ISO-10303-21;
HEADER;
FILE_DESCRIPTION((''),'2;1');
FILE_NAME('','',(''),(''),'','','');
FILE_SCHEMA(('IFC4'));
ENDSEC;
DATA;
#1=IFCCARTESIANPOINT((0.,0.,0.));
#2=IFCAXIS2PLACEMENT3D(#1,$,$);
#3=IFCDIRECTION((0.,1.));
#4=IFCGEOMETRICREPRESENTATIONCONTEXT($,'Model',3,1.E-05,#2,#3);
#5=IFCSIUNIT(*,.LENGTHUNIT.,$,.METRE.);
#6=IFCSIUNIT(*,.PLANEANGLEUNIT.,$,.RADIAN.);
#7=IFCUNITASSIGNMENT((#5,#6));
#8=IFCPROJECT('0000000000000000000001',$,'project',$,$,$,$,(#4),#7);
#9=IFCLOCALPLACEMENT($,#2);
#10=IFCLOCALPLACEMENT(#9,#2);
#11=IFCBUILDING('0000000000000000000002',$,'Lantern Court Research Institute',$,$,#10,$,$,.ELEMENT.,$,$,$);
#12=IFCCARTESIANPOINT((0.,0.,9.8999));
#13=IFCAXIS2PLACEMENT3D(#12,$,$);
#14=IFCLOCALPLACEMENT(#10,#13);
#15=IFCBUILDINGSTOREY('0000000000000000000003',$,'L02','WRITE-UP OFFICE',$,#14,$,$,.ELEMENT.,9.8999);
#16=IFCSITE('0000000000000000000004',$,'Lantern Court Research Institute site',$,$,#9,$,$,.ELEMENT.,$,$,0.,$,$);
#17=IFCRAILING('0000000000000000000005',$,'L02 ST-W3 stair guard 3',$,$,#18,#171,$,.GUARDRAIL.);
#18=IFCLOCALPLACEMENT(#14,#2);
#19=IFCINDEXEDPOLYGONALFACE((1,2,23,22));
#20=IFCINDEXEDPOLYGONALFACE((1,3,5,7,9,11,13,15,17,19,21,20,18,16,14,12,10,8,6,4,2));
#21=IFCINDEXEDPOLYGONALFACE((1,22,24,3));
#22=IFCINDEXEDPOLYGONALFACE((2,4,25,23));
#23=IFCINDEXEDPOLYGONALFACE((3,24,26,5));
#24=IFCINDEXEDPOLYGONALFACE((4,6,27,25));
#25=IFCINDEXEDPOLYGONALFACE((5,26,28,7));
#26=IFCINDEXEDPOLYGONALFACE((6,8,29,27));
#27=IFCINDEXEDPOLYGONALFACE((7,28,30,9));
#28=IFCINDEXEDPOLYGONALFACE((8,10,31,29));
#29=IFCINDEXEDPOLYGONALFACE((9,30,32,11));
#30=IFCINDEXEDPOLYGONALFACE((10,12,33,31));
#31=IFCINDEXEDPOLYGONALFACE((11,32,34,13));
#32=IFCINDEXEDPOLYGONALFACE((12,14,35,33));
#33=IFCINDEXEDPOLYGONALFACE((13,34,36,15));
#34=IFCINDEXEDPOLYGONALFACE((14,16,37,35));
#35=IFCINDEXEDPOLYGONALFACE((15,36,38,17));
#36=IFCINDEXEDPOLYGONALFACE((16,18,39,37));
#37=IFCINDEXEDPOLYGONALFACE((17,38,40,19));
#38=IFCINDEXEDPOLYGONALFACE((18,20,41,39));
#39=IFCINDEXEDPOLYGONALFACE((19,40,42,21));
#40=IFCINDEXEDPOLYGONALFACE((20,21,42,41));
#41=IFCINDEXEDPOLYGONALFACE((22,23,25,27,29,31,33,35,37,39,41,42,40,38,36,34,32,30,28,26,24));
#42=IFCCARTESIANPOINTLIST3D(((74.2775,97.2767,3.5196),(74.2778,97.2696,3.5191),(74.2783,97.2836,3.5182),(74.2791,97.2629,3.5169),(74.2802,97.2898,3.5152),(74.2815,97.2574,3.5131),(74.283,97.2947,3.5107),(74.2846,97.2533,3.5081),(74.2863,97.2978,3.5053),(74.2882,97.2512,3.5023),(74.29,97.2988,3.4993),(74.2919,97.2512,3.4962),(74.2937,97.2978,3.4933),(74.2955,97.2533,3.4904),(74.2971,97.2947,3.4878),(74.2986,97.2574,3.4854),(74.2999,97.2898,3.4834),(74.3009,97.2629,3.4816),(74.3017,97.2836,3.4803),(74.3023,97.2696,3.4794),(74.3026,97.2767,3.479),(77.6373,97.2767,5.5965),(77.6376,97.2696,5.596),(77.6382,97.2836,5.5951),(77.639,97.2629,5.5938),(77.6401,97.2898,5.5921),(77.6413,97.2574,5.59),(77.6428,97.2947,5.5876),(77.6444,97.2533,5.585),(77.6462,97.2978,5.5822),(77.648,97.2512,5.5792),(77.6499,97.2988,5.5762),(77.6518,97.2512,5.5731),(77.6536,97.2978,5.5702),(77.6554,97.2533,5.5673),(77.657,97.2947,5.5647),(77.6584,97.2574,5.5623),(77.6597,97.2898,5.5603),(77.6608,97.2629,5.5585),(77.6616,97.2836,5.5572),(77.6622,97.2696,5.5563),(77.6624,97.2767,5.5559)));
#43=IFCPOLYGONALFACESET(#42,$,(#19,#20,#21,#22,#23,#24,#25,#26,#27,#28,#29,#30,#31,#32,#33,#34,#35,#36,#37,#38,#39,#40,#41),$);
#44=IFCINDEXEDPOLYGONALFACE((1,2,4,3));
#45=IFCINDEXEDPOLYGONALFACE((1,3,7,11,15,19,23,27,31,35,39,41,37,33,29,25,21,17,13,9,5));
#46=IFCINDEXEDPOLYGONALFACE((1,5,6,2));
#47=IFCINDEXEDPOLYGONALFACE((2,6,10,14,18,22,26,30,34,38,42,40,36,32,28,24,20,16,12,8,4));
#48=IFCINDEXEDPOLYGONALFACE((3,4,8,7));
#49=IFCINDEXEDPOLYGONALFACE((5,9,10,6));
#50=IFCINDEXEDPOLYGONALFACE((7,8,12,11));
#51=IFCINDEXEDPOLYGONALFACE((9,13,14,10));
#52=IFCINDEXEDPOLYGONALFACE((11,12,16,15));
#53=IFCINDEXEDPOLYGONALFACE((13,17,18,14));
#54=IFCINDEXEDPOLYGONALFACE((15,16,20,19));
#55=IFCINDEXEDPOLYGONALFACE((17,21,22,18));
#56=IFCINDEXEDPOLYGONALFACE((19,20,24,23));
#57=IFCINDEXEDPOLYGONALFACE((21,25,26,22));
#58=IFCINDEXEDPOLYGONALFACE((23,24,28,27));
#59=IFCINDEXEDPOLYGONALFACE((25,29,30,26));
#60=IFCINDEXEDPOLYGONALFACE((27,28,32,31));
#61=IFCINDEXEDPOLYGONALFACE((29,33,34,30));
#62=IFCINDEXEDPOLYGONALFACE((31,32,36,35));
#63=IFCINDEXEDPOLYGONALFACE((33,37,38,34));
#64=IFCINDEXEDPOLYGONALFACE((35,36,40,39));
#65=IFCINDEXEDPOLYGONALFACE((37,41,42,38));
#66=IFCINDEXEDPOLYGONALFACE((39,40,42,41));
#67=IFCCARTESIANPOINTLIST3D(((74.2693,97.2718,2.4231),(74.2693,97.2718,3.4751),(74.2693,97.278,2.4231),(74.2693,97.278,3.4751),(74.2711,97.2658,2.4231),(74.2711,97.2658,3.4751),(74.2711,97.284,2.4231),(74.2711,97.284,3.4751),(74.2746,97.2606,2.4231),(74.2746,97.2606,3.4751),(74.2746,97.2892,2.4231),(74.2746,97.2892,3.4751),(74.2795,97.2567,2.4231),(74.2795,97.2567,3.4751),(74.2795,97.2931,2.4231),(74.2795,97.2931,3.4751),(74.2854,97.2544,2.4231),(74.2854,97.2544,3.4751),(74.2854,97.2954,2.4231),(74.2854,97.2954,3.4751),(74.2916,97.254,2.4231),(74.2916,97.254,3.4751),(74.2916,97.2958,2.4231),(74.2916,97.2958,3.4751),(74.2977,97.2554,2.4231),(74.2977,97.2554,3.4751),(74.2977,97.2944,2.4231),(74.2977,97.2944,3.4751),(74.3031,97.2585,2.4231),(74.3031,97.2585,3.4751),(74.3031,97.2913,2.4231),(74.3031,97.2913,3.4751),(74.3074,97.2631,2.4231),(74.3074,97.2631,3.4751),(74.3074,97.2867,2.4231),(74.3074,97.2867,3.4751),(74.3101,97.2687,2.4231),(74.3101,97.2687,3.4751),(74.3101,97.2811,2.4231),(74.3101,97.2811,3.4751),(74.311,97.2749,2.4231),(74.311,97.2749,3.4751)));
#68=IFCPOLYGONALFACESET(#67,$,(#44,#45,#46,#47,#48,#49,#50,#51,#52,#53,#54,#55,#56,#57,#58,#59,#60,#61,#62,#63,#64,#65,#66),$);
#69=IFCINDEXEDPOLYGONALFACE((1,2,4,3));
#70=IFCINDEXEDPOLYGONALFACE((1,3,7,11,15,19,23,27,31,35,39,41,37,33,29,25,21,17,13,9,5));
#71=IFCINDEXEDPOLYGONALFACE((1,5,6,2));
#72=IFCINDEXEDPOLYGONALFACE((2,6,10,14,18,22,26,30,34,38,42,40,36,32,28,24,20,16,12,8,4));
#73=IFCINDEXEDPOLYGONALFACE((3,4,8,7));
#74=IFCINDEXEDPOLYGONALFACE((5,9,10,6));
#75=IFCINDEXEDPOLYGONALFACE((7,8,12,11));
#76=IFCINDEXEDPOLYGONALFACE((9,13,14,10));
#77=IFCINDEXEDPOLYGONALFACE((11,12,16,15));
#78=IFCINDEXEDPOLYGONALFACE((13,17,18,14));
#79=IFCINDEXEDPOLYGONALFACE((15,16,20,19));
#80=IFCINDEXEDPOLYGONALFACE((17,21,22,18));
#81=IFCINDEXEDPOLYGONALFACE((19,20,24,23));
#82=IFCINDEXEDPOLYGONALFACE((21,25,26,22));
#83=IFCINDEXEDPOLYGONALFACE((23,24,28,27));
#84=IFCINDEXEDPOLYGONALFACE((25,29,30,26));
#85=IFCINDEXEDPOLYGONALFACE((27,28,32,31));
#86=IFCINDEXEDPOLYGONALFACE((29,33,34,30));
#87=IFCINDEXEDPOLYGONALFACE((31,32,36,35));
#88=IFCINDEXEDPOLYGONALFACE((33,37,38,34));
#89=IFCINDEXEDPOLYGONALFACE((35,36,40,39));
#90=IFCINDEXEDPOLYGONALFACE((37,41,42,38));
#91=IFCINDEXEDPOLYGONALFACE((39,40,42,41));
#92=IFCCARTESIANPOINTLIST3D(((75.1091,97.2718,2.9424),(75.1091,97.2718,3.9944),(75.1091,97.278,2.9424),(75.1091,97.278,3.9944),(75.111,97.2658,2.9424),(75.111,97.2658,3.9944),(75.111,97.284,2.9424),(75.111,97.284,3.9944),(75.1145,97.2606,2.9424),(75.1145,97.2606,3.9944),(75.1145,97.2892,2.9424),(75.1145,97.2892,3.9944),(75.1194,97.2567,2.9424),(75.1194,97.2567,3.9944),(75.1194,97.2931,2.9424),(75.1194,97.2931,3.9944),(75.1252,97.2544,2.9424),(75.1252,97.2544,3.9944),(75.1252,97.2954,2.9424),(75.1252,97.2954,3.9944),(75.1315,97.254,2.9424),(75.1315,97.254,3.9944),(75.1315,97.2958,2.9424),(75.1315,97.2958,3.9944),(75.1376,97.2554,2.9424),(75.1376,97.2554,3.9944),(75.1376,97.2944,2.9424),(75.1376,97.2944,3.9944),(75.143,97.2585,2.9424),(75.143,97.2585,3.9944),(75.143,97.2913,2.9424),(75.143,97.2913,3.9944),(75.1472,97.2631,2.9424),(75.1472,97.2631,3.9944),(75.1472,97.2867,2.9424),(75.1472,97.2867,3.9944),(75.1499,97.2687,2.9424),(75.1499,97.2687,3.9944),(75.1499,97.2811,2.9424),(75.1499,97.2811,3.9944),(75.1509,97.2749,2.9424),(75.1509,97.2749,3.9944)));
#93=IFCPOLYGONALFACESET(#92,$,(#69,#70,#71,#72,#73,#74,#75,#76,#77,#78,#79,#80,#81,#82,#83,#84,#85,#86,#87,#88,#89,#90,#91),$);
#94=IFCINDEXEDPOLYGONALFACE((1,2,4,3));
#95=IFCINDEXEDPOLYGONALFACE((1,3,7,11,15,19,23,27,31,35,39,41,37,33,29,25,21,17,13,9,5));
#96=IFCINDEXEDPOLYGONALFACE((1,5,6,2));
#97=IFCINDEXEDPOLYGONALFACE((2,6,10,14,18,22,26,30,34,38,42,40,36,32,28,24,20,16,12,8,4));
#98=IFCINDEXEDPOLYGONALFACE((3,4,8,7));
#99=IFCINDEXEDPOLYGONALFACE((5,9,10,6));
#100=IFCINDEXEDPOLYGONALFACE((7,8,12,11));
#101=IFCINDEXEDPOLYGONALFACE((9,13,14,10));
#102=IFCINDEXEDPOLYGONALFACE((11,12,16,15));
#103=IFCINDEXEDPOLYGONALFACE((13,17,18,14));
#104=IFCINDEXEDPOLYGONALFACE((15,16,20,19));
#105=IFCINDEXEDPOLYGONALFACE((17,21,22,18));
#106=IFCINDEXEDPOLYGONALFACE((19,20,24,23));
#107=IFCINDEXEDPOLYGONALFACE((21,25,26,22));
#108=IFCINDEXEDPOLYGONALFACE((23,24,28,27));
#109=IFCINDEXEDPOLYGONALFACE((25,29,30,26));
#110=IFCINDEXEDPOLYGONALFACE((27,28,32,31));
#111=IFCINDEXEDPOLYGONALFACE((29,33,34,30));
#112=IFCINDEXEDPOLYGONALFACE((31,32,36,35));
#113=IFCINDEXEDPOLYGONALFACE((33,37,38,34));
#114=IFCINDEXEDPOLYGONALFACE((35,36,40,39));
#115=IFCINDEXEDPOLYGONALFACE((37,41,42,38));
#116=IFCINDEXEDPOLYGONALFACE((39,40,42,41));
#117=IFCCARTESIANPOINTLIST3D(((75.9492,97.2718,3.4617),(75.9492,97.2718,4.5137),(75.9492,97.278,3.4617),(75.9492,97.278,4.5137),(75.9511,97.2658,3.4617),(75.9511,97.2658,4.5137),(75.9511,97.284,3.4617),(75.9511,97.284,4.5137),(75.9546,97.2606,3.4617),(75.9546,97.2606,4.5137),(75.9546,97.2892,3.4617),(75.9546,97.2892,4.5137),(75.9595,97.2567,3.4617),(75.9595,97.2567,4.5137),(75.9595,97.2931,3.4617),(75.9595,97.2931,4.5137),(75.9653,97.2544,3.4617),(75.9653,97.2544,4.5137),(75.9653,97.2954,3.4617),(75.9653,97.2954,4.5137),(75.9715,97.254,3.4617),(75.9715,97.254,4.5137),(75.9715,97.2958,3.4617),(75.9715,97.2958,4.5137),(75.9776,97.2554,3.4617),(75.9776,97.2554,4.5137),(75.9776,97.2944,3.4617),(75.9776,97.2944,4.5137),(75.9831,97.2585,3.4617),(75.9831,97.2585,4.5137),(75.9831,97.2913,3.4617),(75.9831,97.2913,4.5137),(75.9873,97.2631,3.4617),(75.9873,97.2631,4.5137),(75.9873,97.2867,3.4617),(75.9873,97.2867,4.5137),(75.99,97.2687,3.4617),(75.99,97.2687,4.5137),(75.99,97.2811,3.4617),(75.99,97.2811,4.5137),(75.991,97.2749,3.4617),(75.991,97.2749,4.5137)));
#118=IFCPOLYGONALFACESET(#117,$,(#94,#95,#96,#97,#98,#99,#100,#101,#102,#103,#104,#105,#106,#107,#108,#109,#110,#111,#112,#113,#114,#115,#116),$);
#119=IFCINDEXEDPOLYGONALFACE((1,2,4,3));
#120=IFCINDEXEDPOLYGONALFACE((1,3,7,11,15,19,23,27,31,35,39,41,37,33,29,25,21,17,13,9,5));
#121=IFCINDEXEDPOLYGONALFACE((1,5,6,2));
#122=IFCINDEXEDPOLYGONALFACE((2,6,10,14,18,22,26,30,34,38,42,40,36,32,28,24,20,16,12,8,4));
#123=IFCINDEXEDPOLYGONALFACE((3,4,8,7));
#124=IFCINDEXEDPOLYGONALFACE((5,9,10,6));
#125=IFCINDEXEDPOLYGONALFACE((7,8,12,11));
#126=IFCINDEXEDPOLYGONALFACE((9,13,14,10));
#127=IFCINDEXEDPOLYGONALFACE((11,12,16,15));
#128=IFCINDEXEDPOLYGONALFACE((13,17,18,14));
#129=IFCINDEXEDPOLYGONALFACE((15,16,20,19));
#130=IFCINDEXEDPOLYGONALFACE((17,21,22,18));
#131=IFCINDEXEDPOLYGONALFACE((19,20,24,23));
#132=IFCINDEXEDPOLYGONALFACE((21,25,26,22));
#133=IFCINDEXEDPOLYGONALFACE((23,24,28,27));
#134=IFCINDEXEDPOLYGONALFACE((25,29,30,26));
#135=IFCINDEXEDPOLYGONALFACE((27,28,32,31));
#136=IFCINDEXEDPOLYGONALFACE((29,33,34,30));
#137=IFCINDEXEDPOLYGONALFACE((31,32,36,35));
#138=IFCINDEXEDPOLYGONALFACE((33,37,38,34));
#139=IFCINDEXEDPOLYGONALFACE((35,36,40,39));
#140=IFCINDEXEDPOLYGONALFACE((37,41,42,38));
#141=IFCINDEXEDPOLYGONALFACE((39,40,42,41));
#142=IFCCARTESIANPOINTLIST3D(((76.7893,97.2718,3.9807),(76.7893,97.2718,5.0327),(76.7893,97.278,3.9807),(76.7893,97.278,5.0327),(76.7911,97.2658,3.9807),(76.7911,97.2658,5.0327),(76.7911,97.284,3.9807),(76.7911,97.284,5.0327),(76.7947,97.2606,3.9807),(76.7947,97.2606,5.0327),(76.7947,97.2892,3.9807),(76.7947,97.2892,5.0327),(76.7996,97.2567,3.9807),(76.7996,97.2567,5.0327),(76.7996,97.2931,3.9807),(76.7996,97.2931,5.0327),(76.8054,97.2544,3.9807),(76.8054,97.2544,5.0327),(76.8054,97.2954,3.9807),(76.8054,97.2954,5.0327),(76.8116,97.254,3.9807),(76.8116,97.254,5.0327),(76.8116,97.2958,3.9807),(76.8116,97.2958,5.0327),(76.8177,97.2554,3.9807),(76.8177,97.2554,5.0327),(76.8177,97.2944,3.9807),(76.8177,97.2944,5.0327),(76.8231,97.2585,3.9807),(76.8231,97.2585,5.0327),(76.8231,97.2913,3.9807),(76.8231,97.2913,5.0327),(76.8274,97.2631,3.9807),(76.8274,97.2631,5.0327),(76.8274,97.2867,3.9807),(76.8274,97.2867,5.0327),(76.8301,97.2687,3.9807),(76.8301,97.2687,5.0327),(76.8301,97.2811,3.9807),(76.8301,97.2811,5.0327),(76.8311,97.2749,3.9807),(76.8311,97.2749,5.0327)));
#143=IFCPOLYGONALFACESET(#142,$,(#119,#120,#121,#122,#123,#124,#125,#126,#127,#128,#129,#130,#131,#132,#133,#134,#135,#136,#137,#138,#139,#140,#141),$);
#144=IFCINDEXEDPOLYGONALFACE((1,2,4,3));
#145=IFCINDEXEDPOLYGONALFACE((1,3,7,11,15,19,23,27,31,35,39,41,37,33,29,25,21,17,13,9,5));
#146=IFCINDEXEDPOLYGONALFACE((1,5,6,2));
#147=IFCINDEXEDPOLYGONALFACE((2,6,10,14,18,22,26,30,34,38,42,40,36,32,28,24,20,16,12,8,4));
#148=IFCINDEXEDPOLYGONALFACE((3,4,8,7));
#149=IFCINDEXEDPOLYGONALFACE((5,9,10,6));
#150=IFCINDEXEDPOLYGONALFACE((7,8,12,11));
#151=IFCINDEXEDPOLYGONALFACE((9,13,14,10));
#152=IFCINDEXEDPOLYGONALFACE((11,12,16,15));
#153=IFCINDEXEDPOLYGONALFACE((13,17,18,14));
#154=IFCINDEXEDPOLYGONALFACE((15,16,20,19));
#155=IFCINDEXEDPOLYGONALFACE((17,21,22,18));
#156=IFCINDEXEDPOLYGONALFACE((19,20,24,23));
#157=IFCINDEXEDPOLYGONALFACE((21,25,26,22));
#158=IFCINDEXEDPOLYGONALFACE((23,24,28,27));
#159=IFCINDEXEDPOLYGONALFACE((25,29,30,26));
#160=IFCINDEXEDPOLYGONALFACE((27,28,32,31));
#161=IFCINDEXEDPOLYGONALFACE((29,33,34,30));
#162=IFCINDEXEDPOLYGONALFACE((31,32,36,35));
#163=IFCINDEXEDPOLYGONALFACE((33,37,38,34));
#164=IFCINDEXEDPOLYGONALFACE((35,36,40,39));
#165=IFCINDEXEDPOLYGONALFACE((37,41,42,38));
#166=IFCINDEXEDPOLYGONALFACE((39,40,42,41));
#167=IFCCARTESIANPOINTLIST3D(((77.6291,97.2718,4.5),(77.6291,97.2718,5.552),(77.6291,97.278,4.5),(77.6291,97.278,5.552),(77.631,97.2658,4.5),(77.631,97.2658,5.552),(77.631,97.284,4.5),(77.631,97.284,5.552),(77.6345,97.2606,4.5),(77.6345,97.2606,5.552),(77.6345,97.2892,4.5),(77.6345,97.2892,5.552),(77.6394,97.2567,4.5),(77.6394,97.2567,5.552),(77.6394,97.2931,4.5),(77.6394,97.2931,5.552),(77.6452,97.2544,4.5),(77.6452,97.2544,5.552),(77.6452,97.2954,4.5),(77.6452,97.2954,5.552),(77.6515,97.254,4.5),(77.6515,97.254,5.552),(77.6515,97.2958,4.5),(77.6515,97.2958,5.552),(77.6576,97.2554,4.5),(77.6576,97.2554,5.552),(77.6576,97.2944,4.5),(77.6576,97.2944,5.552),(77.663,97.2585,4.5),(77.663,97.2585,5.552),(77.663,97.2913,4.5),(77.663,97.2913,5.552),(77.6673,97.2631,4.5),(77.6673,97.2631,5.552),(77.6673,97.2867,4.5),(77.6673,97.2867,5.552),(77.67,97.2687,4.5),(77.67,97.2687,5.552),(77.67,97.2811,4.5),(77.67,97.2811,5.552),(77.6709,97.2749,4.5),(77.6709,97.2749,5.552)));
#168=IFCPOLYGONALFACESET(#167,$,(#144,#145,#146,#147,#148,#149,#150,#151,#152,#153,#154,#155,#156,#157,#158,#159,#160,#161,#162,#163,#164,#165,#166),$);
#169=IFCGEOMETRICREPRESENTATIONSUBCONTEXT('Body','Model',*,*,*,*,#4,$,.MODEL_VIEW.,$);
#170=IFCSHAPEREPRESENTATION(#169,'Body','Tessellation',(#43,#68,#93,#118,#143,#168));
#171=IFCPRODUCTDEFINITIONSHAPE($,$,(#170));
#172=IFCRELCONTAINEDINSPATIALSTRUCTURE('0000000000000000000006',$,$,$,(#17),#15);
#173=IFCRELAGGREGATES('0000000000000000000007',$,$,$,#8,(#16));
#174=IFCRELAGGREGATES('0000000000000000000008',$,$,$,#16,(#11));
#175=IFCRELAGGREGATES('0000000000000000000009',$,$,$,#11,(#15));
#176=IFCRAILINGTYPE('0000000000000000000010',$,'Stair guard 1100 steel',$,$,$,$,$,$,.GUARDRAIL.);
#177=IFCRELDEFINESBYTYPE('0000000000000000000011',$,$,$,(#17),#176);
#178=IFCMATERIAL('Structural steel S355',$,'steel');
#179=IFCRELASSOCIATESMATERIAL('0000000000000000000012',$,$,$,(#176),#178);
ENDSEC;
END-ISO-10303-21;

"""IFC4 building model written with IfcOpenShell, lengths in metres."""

from ifc_helpers import new_model, si_unit, direction, frame, origin, origin_2d, place, context, subcontext, project, spatial, circle, extrude, material, type_object, element, save


model = new_model("IFC4")

# Units and contexts
model_context = context("Model", 3, precision=1e-05, world=origin(), true_north=direction((0.0, 1.0)))
body_context = subcontext(model_context, "Body", "Model", "MODEL_VIEW")
ifc_project = project(units=[si_unit("LENGTHUNIT", "METRE"), si_unit("PLANEANGLEUNIT", "RADIAN")], contexts=[model_context])

# Site, building, storey
site_placement = place(None, origin())
site = spatial("IfcSite", under=ifc_project, at=site_placement, Name="Lantern Court Research Institute site", CompositionType="ELEMENT", RefElevation=0.0)
building_placement = place(site_placement, origin())
building = spatial("IfcBuilding", under=site, at=building_placement, Name="Lantern Court Research Institute", CompositionType="ELEMENT")
storey_placement = place(building_placement, frame((0.0, 0.0, 9.8999)))
storey = spatial("IfcBuildingStorey", under=building, at=storey_placement, Name="L02", Description="WRITE-UP OFFICE", CompositionType="ELEMENT", Elevation=9.8999)

# Railing
ifc_material_1 = material(Name="Structural steel S355", Category="steel")
railing_type_1 = type_object("IfcRailingType", Name="Stair guard 1100 steel", PredefinedType="GUARDRAIL", material=ifc_material_1)
railing_1_placement = place(storey_placement, frame((74.29, 97.2749, 2.4231)))
element("IfcRailing", 1, at=railing_1_placement, inside=storey, type_object=railing_type_1, Name="L02 ST-W3 stair guard 3", PredefinedType="GUARDRAIL", context=body_context, shape_type="SweptSolid", body=[
    extrude(circle(Radius=0.0239, at=origin_2d()), frame((0.0, 0.0, 1.0762), z_axis=(0.850606, 0.0, 0.525803), x_axis=(0.0, 1.0, 0.0)), (0.0, 0.0, 1.0), 3.95),
    extrude(circle(Radius=0.021, at=origin_2d()), origin(), (0.0, 0.0, 1.0), 1.052),
    extrude(circle(Radius=0.021, at=origin_2d()), frame((0.8398, 0.0, 0.5193)), (0.0, 0.0, 1.0), 1.052),
    extrude(circle(Radius=0.021, at=origin_2d()), frame((1.6799, 0.0, 1.0386)), (0.0, 0.0, 1.0), 1.052),
    extrude(circle(Radius=0.021, at=origin_2d()), frame((2.52, 0.0, 1.5576)), (0.0, 0.0, 1.0), 1.052),
    extrude(circle(Radius=0.021, at=origin_2d()), frame((3.3599, 0.0, 2.0769)), (0.0, 0.0, 1.0), 1.052),
])

save(model, "model.ifc")
